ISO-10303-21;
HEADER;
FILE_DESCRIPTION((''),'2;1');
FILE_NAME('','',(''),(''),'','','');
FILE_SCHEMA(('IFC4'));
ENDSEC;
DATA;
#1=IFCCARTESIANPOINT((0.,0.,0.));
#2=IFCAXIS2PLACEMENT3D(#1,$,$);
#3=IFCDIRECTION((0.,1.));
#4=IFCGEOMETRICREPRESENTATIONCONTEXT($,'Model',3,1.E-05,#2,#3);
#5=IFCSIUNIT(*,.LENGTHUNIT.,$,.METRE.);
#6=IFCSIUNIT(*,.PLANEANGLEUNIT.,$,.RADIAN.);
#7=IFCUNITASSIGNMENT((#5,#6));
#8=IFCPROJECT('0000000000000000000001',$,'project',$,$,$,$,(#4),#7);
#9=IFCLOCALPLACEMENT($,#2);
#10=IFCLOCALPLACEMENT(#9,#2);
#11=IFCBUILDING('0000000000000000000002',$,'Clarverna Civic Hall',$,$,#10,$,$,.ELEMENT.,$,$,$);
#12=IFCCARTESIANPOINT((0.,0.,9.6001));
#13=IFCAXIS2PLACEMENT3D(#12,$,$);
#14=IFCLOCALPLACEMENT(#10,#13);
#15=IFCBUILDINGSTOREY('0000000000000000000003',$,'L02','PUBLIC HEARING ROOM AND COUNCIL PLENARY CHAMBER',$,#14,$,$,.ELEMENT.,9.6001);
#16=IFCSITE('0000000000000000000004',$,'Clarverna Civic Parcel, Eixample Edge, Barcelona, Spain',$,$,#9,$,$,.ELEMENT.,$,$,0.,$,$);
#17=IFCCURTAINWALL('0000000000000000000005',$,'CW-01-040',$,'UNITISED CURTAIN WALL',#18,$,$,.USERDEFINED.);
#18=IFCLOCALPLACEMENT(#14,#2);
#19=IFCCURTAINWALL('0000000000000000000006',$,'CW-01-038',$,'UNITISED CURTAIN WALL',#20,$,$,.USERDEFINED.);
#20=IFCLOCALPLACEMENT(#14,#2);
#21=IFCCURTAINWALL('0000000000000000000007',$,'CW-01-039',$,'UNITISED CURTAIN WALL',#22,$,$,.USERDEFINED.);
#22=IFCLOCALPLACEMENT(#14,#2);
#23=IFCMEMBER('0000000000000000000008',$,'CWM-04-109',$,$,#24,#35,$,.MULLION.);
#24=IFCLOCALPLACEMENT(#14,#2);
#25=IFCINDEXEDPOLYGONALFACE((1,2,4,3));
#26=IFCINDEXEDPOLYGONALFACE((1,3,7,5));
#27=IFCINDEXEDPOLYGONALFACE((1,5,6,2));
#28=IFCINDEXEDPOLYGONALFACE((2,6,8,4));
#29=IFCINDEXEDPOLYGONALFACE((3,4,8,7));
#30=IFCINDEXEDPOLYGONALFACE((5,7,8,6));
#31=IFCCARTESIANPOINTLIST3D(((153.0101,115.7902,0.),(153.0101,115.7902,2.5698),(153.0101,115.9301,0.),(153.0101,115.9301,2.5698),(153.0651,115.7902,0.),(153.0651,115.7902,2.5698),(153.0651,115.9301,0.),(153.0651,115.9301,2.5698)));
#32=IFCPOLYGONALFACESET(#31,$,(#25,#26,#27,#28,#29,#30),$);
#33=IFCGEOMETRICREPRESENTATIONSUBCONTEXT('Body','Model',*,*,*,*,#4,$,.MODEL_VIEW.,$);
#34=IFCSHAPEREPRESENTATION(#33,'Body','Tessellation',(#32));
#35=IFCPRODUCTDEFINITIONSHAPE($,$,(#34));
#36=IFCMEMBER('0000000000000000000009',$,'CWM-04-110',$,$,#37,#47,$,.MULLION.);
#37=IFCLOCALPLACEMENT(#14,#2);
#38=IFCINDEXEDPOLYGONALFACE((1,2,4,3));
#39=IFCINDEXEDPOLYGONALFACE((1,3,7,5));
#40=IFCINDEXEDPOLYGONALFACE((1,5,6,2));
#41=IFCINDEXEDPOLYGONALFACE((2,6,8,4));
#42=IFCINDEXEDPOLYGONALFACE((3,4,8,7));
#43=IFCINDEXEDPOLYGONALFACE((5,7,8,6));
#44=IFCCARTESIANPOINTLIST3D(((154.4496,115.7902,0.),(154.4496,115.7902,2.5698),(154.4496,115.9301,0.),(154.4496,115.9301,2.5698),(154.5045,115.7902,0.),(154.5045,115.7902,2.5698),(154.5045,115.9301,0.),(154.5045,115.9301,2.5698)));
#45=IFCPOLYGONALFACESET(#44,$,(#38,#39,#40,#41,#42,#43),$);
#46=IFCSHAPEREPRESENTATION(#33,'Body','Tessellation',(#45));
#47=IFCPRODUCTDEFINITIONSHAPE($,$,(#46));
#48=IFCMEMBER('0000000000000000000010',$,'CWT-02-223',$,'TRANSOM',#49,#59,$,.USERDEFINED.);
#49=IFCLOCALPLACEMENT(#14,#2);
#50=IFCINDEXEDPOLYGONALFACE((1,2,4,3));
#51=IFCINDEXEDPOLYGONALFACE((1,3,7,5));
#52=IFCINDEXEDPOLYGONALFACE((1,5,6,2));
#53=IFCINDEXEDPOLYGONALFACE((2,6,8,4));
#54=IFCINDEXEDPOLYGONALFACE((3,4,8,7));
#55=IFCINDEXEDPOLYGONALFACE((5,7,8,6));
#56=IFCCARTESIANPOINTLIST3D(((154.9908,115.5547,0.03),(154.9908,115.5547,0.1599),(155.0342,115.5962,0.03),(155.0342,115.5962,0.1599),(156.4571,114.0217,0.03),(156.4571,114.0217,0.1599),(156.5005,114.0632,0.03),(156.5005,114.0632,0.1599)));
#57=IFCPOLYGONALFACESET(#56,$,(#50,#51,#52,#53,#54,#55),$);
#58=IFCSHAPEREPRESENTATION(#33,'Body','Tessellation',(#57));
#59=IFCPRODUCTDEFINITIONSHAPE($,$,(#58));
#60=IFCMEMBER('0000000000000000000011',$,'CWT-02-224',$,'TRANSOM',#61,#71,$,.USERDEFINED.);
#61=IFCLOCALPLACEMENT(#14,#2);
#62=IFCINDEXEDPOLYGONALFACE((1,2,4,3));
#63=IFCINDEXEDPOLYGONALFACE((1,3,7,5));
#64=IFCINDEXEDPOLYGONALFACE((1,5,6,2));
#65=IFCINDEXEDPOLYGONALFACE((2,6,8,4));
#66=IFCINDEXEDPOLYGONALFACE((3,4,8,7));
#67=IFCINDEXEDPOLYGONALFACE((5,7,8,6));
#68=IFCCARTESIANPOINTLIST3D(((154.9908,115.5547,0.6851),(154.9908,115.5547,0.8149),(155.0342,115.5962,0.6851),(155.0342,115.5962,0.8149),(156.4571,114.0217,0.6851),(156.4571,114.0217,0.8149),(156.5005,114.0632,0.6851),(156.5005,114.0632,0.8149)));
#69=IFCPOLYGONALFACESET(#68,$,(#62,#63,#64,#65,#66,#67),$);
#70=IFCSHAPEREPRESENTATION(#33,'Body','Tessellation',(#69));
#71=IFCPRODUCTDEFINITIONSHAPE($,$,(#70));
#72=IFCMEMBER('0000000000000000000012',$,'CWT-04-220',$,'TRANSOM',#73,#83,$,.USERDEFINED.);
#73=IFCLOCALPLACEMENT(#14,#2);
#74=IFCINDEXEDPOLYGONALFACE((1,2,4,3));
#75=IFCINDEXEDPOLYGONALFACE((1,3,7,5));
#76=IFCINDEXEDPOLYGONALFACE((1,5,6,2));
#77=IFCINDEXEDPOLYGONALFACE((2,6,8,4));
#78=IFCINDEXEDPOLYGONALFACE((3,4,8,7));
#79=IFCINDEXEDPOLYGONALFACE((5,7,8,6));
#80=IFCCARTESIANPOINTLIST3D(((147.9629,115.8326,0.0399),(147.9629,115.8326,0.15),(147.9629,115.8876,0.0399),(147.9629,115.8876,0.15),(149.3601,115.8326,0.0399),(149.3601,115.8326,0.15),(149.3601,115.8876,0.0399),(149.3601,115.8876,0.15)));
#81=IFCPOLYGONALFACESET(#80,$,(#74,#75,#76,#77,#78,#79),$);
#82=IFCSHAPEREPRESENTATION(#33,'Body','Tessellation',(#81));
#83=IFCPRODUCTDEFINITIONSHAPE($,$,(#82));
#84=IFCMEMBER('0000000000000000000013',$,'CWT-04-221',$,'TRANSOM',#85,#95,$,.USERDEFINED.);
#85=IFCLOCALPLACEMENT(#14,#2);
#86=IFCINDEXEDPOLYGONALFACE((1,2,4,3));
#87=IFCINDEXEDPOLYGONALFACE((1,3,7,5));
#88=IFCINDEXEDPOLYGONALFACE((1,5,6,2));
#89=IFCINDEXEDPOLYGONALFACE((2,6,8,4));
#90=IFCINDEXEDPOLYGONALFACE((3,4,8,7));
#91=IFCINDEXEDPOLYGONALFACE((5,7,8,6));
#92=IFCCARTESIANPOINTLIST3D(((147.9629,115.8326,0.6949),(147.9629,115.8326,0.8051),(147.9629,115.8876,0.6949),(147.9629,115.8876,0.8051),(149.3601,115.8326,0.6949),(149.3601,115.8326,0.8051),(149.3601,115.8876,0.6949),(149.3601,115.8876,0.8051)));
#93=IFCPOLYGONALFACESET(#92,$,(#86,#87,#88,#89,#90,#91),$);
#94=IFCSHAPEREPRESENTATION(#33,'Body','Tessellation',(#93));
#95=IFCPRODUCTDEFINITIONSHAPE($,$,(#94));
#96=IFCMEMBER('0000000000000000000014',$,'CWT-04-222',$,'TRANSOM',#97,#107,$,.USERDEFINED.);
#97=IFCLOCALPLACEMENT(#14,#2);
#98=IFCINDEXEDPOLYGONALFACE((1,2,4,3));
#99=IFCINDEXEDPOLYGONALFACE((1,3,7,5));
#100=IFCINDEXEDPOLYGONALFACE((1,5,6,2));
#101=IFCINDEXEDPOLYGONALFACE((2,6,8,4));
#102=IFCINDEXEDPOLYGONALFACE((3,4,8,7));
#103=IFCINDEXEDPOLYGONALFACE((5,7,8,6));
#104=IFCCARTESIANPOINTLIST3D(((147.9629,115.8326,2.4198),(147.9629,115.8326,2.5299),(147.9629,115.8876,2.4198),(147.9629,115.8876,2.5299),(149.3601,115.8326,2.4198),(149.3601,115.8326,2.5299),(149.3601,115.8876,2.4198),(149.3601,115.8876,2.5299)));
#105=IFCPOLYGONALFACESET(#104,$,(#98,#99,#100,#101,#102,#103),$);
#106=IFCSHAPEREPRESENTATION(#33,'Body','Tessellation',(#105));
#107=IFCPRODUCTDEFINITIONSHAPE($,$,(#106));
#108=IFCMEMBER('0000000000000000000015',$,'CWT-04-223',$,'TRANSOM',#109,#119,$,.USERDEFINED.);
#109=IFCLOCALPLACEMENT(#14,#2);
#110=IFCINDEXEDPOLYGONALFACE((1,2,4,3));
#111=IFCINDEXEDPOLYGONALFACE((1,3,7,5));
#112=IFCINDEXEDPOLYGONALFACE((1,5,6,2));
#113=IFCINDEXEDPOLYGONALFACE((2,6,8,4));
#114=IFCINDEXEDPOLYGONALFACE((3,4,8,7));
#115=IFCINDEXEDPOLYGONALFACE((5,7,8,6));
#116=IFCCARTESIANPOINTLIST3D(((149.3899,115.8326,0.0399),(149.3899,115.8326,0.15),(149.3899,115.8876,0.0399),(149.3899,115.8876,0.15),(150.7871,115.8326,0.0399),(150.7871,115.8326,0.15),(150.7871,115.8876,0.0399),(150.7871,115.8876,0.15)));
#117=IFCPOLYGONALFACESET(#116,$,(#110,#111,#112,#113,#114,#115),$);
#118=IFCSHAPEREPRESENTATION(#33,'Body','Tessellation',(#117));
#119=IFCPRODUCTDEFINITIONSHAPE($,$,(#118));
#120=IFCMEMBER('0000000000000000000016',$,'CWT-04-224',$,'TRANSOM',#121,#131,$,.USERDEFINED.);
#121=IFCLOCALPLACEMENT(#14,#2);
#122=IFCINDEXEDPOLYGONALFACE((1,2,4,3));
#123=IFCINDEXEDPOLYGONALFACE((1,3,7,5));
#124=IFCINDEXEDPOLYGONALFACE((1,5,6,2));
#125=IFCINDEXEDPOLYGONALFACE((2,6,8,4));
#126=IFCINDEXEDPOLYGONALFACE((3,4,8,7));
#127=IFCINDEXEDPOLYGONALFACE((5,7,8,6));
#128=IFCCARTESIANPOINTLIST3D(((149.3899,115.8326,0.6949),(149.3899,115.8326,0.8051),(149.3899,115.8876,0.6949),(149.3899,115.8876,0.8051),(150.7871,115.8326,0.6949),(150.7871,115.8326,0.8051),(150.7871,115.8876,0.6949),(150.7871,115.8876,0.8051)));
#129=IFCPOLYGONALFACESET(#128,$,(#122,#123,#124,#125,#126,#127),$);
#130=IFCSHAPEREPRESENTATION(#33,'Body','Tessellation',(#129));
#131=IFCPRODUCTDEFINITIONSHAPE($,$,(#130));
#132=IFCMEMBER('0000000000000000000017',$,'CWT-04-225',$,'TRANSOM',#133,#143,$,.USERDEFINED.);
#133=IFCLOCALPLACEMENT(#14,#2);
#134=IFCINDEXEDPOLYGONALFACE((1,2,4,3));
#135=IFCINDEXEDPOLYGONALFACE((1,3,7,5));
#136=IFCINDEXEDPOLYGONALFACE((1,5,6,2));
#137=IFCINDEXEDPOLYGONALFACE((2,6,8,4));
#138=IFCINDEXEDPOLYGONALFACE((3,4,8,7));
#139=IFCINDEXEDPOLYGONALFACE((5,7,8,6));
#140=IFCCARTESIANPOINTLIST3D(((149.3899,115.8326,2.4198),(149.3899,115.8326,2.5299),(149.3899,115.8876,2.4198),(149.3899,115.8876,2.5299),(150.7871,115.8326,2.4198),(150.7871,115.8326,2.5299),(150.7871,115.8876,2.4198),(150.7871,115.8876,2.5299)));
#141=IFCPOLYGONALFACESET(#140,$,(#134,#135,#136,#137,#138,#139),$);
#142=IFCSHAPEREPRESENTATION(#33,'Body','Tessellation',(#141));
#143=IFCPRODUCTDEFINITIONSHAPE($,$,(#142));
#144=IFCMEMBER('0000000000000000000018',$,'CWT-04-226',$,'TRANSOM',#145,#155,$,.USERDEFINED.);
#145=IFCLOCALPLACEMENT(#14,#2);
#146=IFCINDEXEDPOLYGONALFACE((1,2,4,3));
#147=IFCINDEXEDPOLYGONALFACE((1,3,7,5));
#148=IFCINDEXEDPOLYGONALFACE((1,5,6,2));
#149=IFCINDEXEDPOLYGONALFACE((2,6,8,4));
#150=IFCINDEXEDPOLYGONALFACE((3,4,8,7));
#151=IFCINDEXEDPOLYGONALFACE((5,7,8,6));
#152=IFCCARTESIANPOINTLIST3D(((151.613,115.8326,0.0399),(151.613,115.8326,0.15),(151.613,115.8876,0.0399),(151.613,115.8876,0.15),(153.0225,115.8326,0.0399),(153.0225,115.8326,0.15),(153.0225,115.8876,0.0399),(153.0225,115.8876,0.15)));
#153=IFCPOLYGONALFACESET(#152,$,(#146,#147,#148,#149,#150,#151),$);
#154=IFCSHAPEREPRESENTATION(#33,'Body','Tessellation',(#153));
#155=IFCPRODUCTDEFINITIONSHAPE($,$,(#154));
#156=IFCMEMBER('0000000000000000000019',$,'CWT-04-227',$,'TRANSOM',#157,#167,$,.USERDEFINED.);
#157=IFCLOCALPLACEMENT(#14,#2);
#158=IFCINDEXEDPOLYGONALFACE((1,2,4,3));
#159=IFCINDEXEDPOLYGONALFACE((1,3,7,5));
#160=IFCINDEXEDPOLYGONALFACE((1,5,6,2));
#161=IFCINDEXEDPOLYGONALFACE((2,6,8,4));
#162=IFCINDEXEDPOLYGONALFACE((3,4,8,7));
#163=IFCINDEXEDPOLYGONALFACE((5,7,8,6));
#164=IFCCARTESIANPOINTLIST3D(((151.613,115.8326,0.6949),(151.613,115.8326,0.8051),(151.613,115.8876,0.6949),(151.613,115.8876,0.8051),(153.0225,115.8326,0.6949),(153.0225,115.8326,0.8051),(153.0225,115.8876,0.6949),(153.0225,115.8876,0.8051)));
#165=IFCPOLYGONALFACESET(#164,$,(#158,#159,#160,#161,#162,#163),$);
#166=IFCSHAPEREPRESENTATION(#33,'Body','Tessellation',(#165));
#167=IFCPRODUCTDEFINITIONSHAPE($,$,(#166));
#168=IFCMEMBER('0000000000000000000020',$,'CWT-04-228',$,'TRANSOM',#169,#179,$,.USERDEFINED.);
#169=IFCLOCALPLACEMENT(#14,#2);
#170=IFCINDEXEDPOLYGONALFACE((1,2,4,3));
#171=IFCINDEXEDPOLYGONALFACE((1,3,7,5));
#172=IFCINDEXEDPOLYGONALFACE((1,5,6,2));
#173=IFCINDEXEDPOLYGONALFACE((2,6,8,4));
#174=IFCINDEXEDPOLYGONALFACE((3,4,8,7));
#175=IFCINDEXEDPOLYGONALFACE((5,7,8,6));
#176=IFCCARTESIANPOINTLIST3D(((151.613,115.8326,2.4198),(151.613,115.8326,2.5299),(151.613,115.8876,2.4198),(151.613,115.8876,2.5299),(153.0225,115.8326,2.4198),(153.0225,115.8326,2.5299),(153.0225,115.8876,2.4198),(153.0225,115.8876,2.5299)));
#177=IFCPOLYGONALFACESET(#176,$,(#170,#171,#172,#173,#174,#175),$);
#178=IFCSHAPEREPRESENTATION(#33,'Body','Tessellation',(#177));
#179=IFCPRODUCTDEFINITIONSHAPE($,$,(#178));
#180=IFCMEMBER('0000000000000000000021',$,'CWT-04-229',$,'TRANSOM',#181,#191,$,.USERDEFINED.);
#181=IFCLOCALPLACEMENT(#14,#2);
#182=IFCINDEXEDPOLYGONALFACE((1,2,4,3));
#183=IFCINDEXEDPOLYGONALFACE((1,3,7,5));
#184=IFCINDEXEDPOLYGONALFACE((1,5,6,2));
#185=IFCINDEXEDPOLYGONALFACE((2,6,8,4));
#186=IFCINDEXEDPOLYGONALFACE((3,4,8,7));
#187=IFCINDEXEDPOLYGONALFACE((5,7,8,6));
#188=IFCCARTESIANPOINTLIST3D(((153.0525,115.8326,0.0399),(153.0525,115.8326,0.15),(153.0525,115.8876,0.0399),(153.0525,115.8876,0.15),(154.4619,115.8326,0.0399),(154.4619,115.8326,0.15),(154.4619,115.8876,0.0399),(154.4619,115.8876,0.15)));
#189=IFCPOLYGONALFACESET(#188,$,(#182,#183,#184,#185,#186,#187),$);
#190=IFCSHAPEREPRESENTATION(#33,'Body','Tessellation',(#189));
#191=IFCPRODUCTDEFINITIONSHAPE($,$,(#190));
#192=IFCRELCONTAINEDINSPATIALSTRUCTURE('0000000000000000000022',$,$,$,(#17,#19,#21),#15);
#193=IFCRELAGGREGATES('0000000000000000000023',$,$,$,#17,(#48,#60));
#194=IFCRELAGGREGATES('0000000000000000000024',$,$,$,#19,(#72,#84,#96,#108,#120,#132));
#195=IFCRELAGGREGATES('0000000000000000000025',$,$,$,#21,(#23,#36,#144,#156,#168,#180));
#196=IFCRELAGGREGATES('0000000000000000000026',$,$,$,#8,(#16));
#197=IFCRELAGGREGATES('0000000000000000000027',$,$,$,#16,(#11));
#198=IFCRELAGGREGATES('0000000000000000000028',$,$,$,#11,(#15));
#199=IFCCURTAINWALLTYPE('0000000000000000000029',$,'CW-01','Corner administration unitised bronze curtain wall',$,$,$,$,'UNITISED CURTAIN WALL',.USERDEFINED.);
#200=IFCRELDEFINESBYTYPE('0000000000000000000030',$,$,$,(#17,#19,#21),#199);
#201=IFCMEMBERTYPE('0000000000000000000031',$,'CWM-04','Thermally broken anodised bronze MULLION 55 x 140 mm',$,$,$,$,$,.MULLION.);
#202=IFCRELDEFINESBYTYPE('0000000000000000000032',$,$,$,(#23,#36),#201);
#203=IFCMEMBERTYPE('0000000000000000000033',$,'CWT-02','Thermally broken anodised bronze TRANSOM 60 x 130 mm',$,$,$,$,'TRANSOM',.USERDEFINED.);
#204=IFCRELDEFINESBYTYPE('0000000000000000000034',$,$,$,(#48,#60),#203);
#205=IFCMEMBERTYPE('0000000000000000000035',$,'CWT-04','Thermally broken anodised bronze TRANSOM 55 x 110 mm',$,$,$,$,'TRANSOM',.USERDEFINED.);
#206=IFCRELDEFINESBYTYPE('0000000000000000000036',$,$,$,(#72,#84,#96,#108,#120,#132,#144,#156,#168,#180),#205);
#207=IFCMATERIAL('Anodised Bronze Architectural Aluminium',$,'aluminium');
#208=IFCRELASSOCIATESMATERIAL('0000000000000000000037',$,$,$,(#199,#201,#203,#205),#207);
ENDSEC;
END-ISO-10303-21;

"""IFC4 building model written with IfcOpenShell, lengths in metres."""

from ifc_helpers import new_model, si_unit, direction, frame, origin, origin_2d, place, context, subcontext, project, spatial, rectangle, extrude, material, material_profile, profile_set, type_object, element, aggregate, save


model = new_model("IFC4")

# Units and contexts
model_context = context("Model", 3, precision=1e-05, world=origin(), true_north=direction((0.0, 1.0)))
body_context = subcontext(model_context, "Body", "Model", "MODEL_VIEW")
ifc_project = project(units=[si_unit("LENGTHUNIT", "METRE"), si_unit("PLANEANGLEUNIT", "RADIAN")], contexts=[model_context])

# Site, building, storey
site_placement = place(None, origin())
site = spatial("IfcSite", under=ifc_project, at=site_placement, Name="Clarverna Civic Parcel, Eixample Edge, Barcelona, Spain", CompositionType="ELEMENT", RefElevation=0.0)
building_placement = place(site_placement, origin())
building = spatial("IfcBuilding", under=site, at=building_placement, Name="Clarverna Civic Hall", CompositionType="ELEMENT")
storey_placement = place(building_placement, frame((0.0, 0.0, 9.6001)))
storey = spatial("IfcBuildingStorey", under=building, at=storey_placement, Name="L02", Description="PUBLIC HEARING ROOM AND COUNCIL PLENARY CHAMBER", CompositionType="ELEMENT", Elevation=9.6001)

# Curtain wall
ifc_material_1 = material(Name="Anodised Bronze Architectural Aluminium", Category="aluminium")
curtain_wall_type = type_object("IfcCurtainWallType", Name="CW-01", Description="Corner administration unitised bronze curtain wall", ElementType="UNITISED CURTAIN WALL", PredefinedType="USERDEFINED", material=ifc_material_1)
curtain_wall_1_placement = place(storey_placement, origin())
curtain_wall_1 = element("IfcCurtainWall", 1, at=curtain_wall_1_placement, inside=storey, type_object=curtain_wall_type, Name="CW-01-040", ObjectType="UNITISED CURTAIN WALL", PredefinedType="USERDEFINED")

# Curtain walls, members
curtain_wall_2_placement = place(storey_placement, origin())
curtain_wall_2 = element("IfcCurtainWall", 2, at=curtain_wall_2_placement, inside=storey, type_object=curtain_wall_type, Name="CW-01-038", ObjectType="UNITISED CURTAIN WALL", PredefinedType="USERDEFINED")
ifc_material_profile_1 = material_profile(ifc_material_1, rectangle(XDim=0.0549, YDim=0.1399, at=origin_2d()), Name="BRONZE 55x140")
ifc_profile_set_1 = profile_set([ifc_material_profile_1], Name="Anodised Bronze Architectural Aluminium")
member_type_1 = type_object("IfcMemberType", Name="CWM-04", Description="Thermally broken anodised bronze MULLION 55 x 140 mm", PredefinedType="MULLION", material=ifc_profile_set_1)
curtain_wall_3_placement = place(storey_placement, origin())
curtain_wall_3 = element("IfcCurtainWall", 3, at=curtain_wall_3_placement, inside=storey, type_object=curtain_wall_type, Name="CW-01-039", ObjectType="UNITISED CURTAIN WALL", PredefinedType="USERDEFINED")
member_1_placement = place(storey_placement, frame((153.0376, 115.8601, 0.0), z_axis=(0.0, 0.0, 1.0), x_axis=(1.0, 0.0, 0.0)))
member_1 = element("IfcMember", 4, at=member_1_placement, type_object=member_type_1, Name="CWM-04-109", PredefinedType="MULLION", context=body_context, shape_type="SweptSolid", body=[
    extrude(rectangle(XDim=0.0549, YDim=0.1399, at=origin_2d()), origin(), (0.0, 0.0, 1.0), 2.5698),
])
member_2_placement = place(storey_placement, frame((154.4771, 115.8601, 0.0), z_axis=(0.0, 0.0, 1.0), x_axis=(1.0, 0.0, 0.0)))
member_2 = element("IfcMember", 5, at=member_2_placement, type_object=member_type_1, Name="CWM-04-110", PredefinedType="MULLION", context=body_context, shape_type="SweptSolid", body=[
    extrude(rectangle(XDim=0.0549, YDim=0.1399, at=origin_2d()), origin(), (0.0, 0.0, 1.0), 2.5698),
])

# Members
ifc_material_profile_2 = material_profile(ifc_material_1, rectangle(XDim=0.0601, YDim=0.1299, at=origin_2d()), Name="BRONZE 60x130")
ifc_profile_set_2 = profile_set([ifc_material_profile_2], Name="Anodised Bronze Architectural Aluminium")
member_type_2 = type_object("IfcMemberType", Name="CWT-02", Description="Thermally broken anodised bronze TRANSOM 60 x 130 mm", ElementType="TRANSOM", PredefinedType="USERDEFINED", material=ifc_profile_set_2)
member_3_placement = place(storey_placement, frame((155.0125, 115.5754, 0.095), z_axis=(0.691223, -0.722642, 0.0), x_axis=(0.722642, 0.691223, 0.0)))
member_3 = element("IfcMember", 6, at=member_3_placement, type_object=member_type_2, Name="CWT-02-223", ObjectType="TRANSOM", PredefinedType="USERDEFINED", context=body_context, shape_type="SweptSolid", body=[
    extrude(rectangle(XDim=0.0601, YDim=0.1299, at=origin_2d()), origin(), (0.0, 0.0, 1.0), 2.1213),
])
member_4_placement = place(storey_placement, frame((155.0125, 115.5754, 0.75), z_axis=(0.691223, -0.722642, 0.0), x_axis=(0.722642, 0.691223, 0.0)))
member_4 = element("IfcMember", 7, at=member_4_placement, type_object=member_type_2, Name="CWT-02-224", ObjectType="TRANSOM", PredefinedType="USERDEFINED", context=body_context, shape_type="SweptSolid", body=[
    extrude(rectangle(XDim=0.0601, YDim=0.1299, at=origin_2d()), origin(), (0.0, 0.0, 1.0), 2.1213),
])
aggregate(curtain_wall_1, [member_3, member_4])
ifc_material_profile_3 = material_profile(ifc_material_1, rectangle(XDim=0.0549, YDim=0.1101, at=origin_2d()), Name="BRONZE 55x110")
ifc_profile_set_3 = profile_set([ifc_material_profile_3], Name="Anodised Bronze Architectural Aluminium")
member_type_3 = type_object("IfcMemberType", Name="CWT-04", Description="Thermally broken anodised bronze TRANSOM 55 x 110 mm", ElementType="TRANSOM", PredefinedType="USERDEFINED", material=ifc_profile_set_3)
member_5_placement = place(storey_placement, frame((147.9629, 115.8601, 0.095), z_axis=(1.0, 0.0, 0.0), x_axis=(0.0, 1.0, 0.0)))
member_5 = element("IfcMember", 8, at=member_5_placement, type_object=member_type_3, Name="CWT-04-220", ObjectType="TRANSOM", PredefinedType="USERDEFINED", context=body_context, shape_type="SweptSolid", body=[
    extrude(rectangle(XDim=0.0549, YDim=0.1101, at=origin_2d()), origin(), (0.0, 0.0, 1.0), 1.3972),
])
member_6_placement = place(storey_placement, frame((147.9629, 115.8601, 0.75), z_axis=(1.0, 0.0, 0.0), x_axis=(0.0, 1.0, 0.0)))
member_6 = element("IfcMember", 9, at=member_6_placement, type_object=member_type_3, Name="CWT-04-221", ObjectType="TRANSOM", PredefinedType="USERDEFINED", context=body_context, shape_type="SweptSolid", body=[
    extrude(rectangle(XDim=0.0549, YDim=0.1101, at=origin_2d()), origin(), (0.0, 0.0, 1.0), 1.3972),
])
member_7_placement = place(storey_placement, frame((147.9629, 115.8601, 2.4749), z_axis=(1.0, 0.0, 0.0), x_axis=(0.0, 1.0, 0.0)))
member_7 = element("IfcMember", 10, at=member_7_placement, type_object=member_type_3, Name="CWT-04-222", ObjectType="TRANSOM", PredefinedType="USERDEFINED", context=body_context, shape_type="SweptSolid", body=[
    extrude(rectangle(XDim=0.0549, YDim=0.1101, at=origin_2d()), origin(), (0.0, 0.0, 1.0), 1.3972),
])
member_8_placement = place(storey_placement, frame((149.3899, 115.8601, 0.095), z_axis=(1.0, 0.0, 0.0), x_axis=(0.0, 1.0, 0.0)))
member_8 = element("IfcMember", 11, at=member_8_placement, type_object=member_type_3, Name="CWT-04-223", ObjectType="TRANSOM", PredefinedType="USERDEFINED", context=body_context, shape_type="SweptSolid", body=[
    extrude(rectangle(XDim=0.0549, YDim=0.1101, at=origin_2d()), origin(), (0.0, 0.0, 1.0), 1.3972),
])
member_9_placement = place(storey_placement, frame((149.3899, 115.8601, 0.75), z_axis=(1.0, 0.0, 0.0), x_axis=(0.0, 1.0, 0.0)))
member_9 = element("IfcMember", 12, at=member_9_placement, type_object=member_type_3, Name="CWT-04-224", ObjectType="TRANSOM", PredefinedType="USERDEFINED", context=body_context, shape_type="SweptSolid", body=[
    extrude(rectangle(XDim=0.0549, YDim=0.1101, at=origin_2d()), origin(), (0.0, 0.0, 1.0), 1.3972),
])
member_10_placement = place(storey_placement, frame((149.3899, 115.8601, 2.4749), z_axis=(1.0, 0.0, 0.0), x_axis=(0.0, 1.0, 0.0)))
member_10 = element("IfcMember", 13, at=member_10_placement, type_object=member_type_3, Name="CWT-04-225", ObjectType="TRANSOM", PredefinedType="USERDEFINED", context=body_context, shape_type="SweptSolid", body=[
    extrude(rectangle(XDim=0.0549, YDim=0.1101, at=origin_2d()), origin(), (0.0, 0.0, 1.0), 1.3972),
])
member_11_placement = place(storey_placement, frame((151.613, 115.8601, 0.095), z_axis=(1.0, 0.0, 0.0), x_axis=(0.0, 1.0, 0.0)))
member_11 = element("IfcMember", 14, at=member_11_placement, type_object=member_type_3, Name="CWT-04-226", ObjectType="TRANSOM", PredefinedType="USERDEFINED", context=body_context, shape_type="SweptSolid", body=[
    extrude(rectangle(XDim=0.0549, YDim=0.1101, at=origin_2d()), origin(), (0.0, 0.0, 1.0), 1.4094),
])
member_12_placement = place(storey_placement, frame((151.613, 115.8601, 0.75), z_axis=(1.0, 0.0, 0.0), x_axis=(0.0, 1.0, 0.0)))
member_12 = element("IfcMember", 15, at=member_12_placement, type_object=member_type_3, Name="CWT-04-227", ObjectType="TRANSOM", PredefinedType="USERDEFINED", context=body_context, shape_type="SweptSolid", body=[
    extrude(rectangle(XDim=0.0549, YDim=0.1101, at=origin_2d()), origin(), (0.0, 0.0, 1.0), 1.4094),
])
member_13_placement = place(storey_placement, frame((151.613, 115.8601, 2.4749), z_axis=(1.0, 0.0, 0.0), x_axis=(0.0, 1.0, 0.0)))
member_13 = element("IfcMember", 16, at=member_13_placement, type_object=member_type_3, Name="CWT-04-228", ObjectType="TRANSOM", PredefinedType="USERDEFINED", context=body_context, shape_type="SweptSolid", body=[
    extrude(rectangle(XDim=0.0549, YDim=0.1101, at=origin_2d()), origin(), (0.0, 0.0, 1.0), 1.4094),
])
member_14_placement = place(storey_placement, frame((153.0525, 115.8601, 0.095), z_axis=(1.0, 0.0, 0.0), x_axis=(0.0, 1.0, 0.0)))
member_14 = element("IfcMember", 17, at=member_14_placement, type_object=member_type_3, Name="CWT-04-229", ObjectType="TRANSOM", PredefinedType="USERDEFINED", context=body_context, shape_type="SweptSolid", body=[
    extrude(rectangle(XDim=0.0549, YDim=0.1101, at=origin_2d()), origin(), (0.0, 0.0, 1.0), 1.4094),
])

aggregate(curtain_wall_2, [member_5, member_6, member_7, member_8, member_9, member_10])
aggregate(curtain_wall_3, [member_1, member_2, member_11, member_12, member_13, member_14])

save(model, "model.ifc")
